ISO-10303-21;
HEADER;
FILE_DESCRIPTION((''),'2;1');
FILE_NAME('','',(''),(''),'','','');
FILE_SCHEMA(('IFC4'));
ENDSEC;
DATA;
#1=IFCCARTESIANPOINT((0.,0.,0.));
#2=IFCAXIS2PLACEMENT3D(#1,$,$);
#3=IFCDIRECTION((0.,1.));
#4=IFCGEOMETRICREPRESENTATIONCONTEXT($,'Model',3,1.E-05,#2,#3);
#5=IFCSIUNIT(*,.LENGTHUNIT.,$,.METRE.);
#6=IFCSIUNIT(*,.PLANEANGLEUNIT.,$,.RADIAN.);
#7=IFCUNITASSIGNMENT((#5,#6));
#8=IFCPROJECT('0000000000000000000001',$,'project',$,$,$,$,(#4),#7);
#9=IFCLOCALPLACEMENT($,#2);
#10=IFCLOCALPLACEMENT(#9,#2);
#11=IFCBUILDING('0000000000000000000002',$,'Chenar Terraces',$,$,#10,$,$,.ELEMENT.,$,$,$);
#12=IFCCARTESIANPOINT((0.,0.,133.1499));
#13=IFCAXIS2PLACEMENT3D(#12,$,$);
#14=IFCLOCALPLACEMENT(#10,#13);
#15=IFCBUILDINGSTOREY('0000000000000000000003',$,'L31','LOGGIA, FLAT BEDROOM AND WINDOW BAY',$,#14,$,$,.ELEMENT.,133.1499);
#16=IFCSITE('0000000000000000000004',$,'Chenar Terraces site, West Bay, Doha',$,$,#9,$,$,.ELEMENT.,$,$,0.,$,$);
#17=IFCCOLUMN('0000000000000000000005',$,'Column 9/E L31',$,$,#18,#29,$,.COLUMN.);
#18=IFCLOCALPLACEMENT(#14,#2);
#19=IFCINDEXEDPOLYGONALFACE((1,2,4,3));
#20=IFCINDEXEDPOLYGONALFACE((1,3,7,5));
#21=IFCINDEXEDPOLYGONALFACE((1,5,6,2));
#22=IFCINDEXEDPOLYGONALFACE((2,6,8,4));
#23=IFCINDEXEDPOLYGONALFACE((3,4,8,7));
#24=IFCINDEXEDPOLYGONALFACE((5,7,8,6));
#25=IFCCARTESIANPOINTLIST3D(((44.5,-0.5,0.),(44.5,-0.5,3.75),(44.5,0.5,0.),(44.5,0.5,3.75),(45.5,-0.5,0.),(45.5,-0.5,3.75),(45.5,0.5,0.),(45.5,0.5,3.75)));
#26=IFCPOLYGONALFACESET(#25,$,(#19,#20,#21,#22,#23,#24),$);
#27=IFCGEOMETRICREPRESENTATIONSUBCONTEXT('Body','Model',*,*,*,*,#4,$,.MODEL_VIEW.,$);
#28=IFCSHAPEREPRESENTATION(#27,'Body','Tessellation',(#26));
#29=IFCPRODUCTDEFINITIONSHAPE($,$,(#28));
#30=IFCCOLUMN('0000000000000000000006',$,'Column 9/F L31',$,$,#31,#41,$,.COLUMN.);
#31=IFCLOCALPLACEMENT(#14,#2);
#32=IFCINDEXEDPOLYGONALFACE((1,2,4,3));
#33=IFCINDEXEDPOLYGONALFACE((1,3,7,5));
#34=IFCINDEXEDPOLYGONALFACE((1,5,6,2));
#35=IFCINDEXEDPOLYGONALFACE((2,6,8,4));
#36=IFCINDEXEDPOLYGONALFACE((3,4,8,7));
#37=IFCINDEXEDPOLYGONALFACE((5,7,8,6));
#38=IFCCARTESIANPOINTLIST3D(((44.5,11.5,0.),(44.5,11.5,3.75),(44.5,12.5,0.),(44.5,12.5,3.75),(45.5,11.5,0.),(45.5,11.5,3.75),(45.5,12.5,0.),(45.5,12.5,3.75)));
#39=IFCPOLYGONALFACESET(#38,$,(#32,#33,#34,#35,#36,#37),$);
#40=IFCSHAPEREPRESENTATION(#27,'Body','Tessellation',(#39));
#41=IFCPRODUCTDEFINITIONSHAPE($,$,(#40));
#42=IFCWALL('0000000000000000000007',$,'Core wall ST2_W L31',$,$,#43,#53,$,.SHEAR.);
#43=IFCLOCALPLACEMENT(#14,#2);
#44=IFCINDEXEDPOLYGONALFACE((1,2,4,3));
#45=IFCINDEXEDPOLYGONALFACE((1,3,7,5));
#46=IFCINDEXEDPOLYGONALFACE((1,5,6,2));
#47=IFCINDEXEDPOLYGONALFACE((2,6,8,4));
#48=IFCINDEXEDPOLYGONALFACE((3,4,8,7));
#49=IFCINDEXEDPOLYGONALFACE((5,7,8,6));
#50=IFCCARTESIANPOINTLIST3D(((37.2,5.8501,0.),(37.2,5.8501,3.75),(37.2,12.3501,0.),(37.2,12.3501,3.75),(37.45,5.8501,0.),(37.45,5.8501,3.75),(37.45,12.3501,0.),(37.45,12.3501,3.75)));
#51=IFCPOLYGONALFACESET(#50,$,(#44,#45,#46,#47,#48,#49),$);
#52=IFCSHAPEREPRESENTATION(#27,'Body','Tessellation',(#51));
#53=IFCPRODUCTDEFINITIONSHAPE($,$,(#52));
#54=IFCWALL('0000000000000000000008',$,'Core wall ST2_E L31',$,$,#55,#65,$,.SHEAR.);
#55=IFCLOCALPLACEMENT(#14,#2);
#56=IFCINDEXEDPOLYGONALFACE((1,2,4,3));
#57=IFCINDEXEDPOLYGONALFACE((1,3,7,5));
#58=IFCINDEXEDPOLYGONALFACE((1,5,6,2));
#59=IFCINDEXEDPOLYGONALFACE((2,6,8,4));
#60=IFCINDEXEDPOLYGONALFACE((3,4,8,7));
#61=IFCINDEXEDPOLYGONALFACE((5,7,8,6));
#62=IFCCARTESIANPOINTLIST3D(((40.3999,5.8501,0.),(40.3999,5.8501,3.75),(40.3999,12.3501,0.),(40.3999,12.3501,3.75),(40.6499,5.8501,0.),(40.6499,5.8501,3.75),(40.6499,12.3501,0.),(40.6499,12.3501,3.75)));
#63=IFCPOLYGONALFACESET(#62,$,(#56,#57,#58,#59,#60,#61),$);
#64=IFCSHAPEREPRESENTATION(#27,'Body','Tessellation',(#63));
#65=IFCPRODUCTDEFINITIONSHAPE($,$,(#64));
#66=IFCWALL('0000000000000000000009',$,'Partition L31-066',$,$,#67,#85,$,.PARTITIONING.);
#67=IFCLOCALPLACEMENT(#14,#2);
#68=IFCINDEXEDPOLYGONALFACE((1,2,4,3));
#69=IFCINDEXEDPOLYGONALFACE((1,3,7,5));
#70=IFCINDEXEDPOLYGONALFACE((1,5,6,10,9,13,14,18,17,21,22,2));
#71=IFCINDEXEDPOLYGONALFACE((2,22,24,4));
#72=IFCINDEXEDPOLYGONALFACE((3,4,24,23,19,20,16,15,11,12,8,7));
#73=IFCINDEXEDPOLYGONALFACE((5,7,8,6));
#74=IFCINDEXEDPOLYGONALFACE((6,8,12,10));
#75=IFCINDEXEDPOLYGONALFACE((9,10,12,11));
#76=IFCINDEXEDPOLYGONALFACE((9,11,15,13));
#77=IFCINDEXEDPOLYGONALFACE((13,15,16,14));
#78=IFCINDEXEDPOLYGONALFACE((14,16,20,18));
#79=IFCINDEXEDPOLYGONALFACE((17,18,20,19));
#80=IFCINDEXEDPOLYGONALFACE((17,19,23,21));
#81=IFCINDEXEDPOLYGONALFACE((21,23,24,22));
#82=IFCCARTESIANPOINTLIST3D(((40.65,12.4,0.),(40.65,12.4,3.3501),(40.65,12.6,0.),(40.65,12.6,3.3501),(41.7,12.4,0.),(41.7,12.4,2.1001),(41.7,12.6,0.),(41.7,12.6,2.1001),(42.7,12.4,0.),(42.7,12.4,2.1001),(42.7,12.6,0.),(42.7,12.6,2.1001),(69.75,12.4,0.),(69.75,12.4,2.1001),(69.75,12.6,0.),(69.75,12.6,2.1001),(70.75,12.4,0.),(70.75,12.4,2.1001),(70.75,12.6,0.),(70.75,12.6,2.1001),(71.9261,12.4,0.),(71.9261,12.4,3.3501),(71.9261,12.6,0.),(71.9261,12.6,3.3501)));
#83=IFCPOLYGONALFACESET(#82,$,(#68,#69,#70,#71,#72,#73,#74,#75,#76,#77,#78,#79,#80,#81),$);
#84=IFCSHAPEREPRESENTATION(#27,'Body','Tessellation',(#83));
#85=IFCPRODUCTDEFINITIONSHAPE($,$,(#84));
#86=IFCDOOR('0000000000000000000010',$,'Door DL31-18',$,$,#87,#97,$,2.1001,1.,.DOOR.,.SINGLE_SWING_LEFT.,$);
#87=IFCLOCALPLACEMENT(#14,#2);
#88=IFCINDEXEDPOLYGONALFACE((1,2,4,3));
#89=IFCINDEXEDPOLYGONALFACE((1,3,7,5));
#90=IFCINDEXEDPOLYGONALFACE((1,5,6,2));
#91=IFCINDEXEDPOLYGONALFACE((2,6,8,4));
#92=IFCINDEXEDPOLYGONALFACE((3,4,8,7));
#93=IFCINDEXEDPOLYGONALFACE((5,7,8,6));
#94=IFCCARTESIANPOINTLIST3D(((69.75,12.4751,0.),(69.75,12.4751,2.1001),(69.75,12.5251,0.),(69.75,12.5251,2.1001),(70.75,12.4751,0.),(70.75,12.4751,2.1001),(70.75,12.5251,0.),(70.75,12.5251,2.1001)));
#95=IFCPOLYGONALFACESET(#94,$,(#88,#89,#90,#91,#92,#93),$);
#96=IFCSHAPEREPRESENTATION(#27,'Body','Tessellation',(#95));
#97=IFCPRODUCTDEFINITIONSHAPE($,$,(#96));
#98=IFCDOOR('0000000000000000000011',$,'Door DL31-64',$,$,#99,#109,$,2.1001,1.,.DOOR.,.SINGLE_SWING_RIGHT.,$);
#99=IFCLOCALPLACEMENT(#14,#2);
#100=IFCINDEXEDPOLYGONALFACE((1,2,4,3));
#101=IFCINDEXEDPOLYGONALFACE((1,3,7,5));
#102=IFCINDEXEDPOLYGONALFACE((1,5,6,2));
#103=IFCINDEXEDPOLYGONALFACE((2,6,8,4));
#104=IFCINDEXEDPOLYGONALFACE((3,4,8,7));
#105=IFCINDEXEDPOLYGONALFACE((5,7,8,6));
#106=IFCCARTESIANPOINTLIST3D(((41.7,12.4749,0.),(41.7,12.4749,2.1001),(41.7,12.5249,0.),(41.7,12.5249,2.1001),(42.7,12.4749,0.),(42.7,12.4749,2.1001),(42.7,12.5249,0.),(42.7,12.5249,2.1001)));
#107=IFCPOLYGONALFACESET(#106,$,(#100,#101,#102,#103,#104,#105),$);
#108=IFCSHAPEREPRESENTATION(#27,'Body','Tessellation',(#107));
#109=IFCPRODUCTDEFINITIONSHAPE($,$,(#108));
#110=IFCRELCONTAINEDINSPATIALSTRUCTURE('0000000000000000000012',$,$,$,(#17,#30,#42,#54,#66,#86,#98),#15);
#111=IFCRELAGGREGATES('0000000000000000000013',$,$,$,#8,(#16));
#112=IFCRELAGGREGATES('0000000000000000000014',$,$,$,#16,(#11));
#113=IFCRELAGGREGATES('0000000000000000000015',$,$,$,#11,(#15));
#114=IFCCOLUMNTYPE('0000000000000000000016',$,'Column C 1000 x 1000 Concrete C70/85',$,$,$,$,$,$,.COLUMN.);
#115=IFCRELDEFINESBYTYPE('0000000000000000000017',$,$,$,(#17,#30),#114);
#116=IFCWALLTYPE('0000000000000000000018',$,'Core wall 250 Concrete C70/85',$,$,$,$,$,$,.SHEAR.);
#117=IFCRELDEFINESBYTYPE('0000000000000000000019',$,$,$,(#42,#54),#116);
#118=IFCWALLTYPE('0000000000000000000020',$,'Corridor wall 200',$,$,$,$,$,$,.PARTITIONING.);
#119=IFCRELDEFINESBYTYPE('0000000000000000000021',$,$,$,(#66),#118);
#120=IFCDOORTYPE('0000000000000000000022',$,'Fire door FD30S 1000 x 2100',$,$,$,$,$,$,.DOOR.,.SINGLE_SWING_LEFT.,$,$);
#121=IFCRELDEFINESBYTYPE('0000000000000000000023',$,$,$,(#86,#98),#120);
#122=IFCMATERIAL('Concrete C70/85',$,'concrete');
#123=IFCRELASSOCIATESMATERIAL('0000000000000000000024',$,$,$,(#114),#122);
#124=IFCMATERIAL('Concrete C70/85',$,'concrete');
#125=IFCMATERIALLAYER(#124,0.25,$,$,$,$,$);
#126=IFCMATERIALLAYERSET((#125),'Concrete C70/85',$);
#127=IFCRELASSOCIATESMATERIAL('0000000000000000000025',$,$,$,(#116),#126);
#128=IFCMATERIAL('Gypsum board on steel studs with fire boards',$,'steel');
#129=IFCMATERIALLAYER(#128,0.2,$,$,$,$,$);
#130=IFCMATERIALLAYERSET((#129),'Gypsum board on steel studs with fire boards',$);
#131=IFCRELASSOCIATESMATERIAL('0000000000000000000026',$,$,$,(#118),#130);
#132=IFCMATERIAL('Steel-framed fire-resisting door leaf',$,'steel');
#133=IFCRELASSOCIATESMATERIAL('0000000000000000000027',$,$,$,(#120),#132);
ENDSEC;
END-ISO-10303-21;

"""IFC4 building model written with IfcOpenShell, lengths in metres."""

from ifc_helpers import new_model, si_unit, direction, frame, frame_2d, origin, origin_2d, place, context, subcontext, project, spatial, rectangle, extrude, material, layer, layer_set, material_profile, profile_set, type_object, element, fill, save


model = new_model("IFC4")

# Units and contexts
model_context = context("Model", 3, precision=1e-05, world=origin(), true_north=direction((0.0, 1.0)))
body_context = subcontext(model_context, "Body", "Model", "MODEL_VIEW")
ifc_project = project(units=[si_unit("LENGTHUNIT", "METRE"), si_unit("PLANEANGLEUNIT", "RADIAN")], contexts=[model_context])

# Site, building, storey
site_placement = place(None, origin())
site = spatial("IfcSite", under=ifc_project, at=site_placement, Name="Chenar Terraces site, West Bay, Doha", CompositionType="ELEMENT", RefElevation=0.0)
building_placement = place(site_placement, origin())
building = spatial("IfcBuilding", under=site, at=building_placement, Name="Chenar Terraces", CompositionType="ELEMENT")
storey_placement = place(building_placement, frame((0.0, 0.0, 133.1499)))
storey = spatial("IfcBuildingStorey", under=building, at=storey_placement, Name="L31", Description="LOGGIA, FLAT BEDROOM AND WINDOW BAY", CompositionType="ELEMENT", Elevation=133.1499)

# Columns
ifc_material_1 = material(Name="Concrete C70/85", Category="concrete")
ifc_material_profile = material_profile(ifc_material_1, rectangle(XDim=1.0, YDim=1.0, at=origin_2d()), Name="C 1000 x 1000")
ifc_profile_set = profile_set([ifc_material_profile], Name="Concrete C70/85")
column_type = type_object("IfcColumnType", Name="Column C 1000 x 1000 Concrete C70/85", PredefinedType="COLUMN", material=ifc_profile_set)
for number, where, z_axis, x_axis, name in (
    (1, (45.0, 0.0, 0.0), (0.0, 0.0, 1.0), (1.0, 0.0, 0.0), "Column 9/E L31"),
    (2, (45.0, 12.0, 0.0), (0.0, 0.0, 1.0), (1.0, 0.0, 0.0), "Column 9/F L31"),
):
    element("IfcColumn", number, at=place(storey_placement, frame(where, z_axis=z_axis, x_axis=x_axis)), inside=storey, type_object=column_type, Name=name, PredefinedType="COLUMN", context=body_context, shape_type="SweptSolid", body=[
        extrude(rectangle(XDim=1.0, YDim=1.0, at=origin_2d()), origin(), (0.0, 0.0, 1.0), 3.75),
    ])

# Walls
ifc_material_2 = material(Name="Concrete C70/85", Category="concrete")
ifc_layer_1 = layer(ifc_material_2, 0.25)
ifc_layer_set_1 = layer_set([ifc_layer_1], Name="Concrete C70/85")
wall_type_1 = type_object("IfcWallType", Name="Core wall 250 Concrete C70/85", PredefinedType="SHEAR", material=ifc_layer_set_1)
for number, where, z_axis, x_axis, name in (
    (3, (37.325, 5.8501, 0.0), (0.0, 0.0, 1.0), (0.0, 1.0, 0.0), "Core wall ST2_W L31"),
    (4, (40.5249, 5.8501, 0.0), (0.0, 0.0, 1.0), (0.0, 1.0, 0.0), "Core wall ST2_E L31"),
):
    element("IfcWall", number, at=place(storey_placement, frame(where, z_axis=z_axis, x_axis=x_axis)), inside=storey, type_object=wall_type_1, Name=name, PredefinedType="SHEAR", context=body_context, shape_type="SweptSolid", body=[
        extrude(rectangle(XDim=6.5, YDim=0.25, at=frame_2d((3.25, 0.0))), origin(), (0.0, 0.0, 1.0), 3.75),
    ])

# Wall, openings, doors
ifc_material_3 = material(Name="Gypsum board on steel studs with fire boards", Category="steel")
ifc_layer_2 = layer(ifc_material_3, 0.2)
ifc_layer_set_2 = layer_set([ifc_layer_2], Name="Gypsum board on steel studs with fire boards")
wall_type_2 = type_object("IfcWallType", Name="Corridor wall 200", PredefinedType="PARTITIONING", material=ifc_layer_set_2)
wall_1_placement = place(storey_placement, frame((40.6499, 12.5, 0.0), z_axis=(0.0, 0.0, 1.0), x_axis=(1.0, 0.0, 0.0)))
wall_1 = element("IfcWall", 5, at=wall_1_placement, inside=storey, type_object=wall_type_2, Name="Partition L31-066", PredefinedType="PARTITIONING", context=body_context, shape_type="SweptSolid", body=[
    extrude(rectangle(XDim=31.2761, YDim=0.2, at=frame_2d((15.6382, 0.0))), origin(), (0.0, 0.0, 1.0), 3.3501),
])
opening_1_placement = place(wall_1_placement, frame((29.1001, 0.0, 0.0)))
opening_1 = element("IfcOpeningElement", 6, at=opening_1_placement, cuts=wall_1, PredefinedType="OPENING", context=body_context, shape_type="SweptSolid", body=[
    extrude(rectangle(XDim=1.0, YDim=2.1001, at=frame_2d((0.5, 1.05))), frame((0.0, 0.1099, 0.0), z_axis=(0.0, -1.0, 0.0), x_axis=(1.0, 0.0, 0.0)), (0.0, 0.0, 1.0), 0.22),
])
opening_2_placement = place(wall_1_placement, frame((1.05, 0.0, 0.0)))
opening_2 = element("IfcOpeningElement", 7, at=opening_2_placement, cuts=wall_1, PredefinedType="OPENING", context=body_context, shape_type="SweptSolid", body=[
    extrude(rectangle(XDim=1.0, YDim=2.1001, at=frame_2d((0.5, 1.05))), frame((0.0, 0.1099, 0.0), z_axis=(0.0, -1.0, 0.0), x_axis=(1.0, 0.0, 0.0)), (0.0, 0.0, 1.0), 0.22),
])
ifc_material_4 = material(Name="Steel-framed fire-resisting door leaf", Category="steel")
door_type_1 = type_object("IfcDoorType", Name="Fire door FD30S 1000 x 2100", OperationType="SINGLE_SWING_LEFT", PredefinedType="DOOR", material=ifc_material_4)
door_1_placement = place(opening_1_placement, frame((1.0, 0.0, 0.0), z_axis=(0.0, 0.0, 1.0), x_axis=(-1.0, 0.0, 0.0)))
door_1 = element("IfcDoor", 8, at=door_1_placement, inside=storey, type_object=door_type_1, Name="Door DL31-18", OperationType="SINGLE_SWING_LEFT", OverallHeight=2.1001, OverallWidth=1.0, PredefinedType="DOOR", context=body_context, shape_type="SweptSolid", body=[
    extrude(rectangle(XDim=1.0, YDim=2.1001, at=frame_2d((0.5, 1.05))), frame((0.0, 0.0249, 0.0), z_axis=(0.0, -1.0, 0.0), x_axis=(1.0, 0.0, 0.0)), (0.0, 0.0, 1.0), 0.05),
])
fill(opening_1, door_1)
door_2_placement = place(opening_2_placement, origin())
door_2 = element("IfcDoor", 9, at=door_2_placement, inside=storey, type_object=door_type_1, Name="Door DL31-64", OperationType="SINGLE_SWING_RIGHT", OverallHeight=2.1001, OverallWidth=1.0, PredefinedType="DOOR", context=body_context, shape_type="SweptSolid", body=[
    extrude(rectangle(XDim=1.0, YDim=2.1001, at=frame_2d((0.5, 1.05))), frame((0.0, 0.0249, 0.0), z_axis=(0.0, -1.0, 0.0), x_axis=(1.0, 0.0, 0.0)), (0.0, 0.0, 1.0), 0.05),
])
fill(opening_2, door_2)

save(model, "model.ifc")
